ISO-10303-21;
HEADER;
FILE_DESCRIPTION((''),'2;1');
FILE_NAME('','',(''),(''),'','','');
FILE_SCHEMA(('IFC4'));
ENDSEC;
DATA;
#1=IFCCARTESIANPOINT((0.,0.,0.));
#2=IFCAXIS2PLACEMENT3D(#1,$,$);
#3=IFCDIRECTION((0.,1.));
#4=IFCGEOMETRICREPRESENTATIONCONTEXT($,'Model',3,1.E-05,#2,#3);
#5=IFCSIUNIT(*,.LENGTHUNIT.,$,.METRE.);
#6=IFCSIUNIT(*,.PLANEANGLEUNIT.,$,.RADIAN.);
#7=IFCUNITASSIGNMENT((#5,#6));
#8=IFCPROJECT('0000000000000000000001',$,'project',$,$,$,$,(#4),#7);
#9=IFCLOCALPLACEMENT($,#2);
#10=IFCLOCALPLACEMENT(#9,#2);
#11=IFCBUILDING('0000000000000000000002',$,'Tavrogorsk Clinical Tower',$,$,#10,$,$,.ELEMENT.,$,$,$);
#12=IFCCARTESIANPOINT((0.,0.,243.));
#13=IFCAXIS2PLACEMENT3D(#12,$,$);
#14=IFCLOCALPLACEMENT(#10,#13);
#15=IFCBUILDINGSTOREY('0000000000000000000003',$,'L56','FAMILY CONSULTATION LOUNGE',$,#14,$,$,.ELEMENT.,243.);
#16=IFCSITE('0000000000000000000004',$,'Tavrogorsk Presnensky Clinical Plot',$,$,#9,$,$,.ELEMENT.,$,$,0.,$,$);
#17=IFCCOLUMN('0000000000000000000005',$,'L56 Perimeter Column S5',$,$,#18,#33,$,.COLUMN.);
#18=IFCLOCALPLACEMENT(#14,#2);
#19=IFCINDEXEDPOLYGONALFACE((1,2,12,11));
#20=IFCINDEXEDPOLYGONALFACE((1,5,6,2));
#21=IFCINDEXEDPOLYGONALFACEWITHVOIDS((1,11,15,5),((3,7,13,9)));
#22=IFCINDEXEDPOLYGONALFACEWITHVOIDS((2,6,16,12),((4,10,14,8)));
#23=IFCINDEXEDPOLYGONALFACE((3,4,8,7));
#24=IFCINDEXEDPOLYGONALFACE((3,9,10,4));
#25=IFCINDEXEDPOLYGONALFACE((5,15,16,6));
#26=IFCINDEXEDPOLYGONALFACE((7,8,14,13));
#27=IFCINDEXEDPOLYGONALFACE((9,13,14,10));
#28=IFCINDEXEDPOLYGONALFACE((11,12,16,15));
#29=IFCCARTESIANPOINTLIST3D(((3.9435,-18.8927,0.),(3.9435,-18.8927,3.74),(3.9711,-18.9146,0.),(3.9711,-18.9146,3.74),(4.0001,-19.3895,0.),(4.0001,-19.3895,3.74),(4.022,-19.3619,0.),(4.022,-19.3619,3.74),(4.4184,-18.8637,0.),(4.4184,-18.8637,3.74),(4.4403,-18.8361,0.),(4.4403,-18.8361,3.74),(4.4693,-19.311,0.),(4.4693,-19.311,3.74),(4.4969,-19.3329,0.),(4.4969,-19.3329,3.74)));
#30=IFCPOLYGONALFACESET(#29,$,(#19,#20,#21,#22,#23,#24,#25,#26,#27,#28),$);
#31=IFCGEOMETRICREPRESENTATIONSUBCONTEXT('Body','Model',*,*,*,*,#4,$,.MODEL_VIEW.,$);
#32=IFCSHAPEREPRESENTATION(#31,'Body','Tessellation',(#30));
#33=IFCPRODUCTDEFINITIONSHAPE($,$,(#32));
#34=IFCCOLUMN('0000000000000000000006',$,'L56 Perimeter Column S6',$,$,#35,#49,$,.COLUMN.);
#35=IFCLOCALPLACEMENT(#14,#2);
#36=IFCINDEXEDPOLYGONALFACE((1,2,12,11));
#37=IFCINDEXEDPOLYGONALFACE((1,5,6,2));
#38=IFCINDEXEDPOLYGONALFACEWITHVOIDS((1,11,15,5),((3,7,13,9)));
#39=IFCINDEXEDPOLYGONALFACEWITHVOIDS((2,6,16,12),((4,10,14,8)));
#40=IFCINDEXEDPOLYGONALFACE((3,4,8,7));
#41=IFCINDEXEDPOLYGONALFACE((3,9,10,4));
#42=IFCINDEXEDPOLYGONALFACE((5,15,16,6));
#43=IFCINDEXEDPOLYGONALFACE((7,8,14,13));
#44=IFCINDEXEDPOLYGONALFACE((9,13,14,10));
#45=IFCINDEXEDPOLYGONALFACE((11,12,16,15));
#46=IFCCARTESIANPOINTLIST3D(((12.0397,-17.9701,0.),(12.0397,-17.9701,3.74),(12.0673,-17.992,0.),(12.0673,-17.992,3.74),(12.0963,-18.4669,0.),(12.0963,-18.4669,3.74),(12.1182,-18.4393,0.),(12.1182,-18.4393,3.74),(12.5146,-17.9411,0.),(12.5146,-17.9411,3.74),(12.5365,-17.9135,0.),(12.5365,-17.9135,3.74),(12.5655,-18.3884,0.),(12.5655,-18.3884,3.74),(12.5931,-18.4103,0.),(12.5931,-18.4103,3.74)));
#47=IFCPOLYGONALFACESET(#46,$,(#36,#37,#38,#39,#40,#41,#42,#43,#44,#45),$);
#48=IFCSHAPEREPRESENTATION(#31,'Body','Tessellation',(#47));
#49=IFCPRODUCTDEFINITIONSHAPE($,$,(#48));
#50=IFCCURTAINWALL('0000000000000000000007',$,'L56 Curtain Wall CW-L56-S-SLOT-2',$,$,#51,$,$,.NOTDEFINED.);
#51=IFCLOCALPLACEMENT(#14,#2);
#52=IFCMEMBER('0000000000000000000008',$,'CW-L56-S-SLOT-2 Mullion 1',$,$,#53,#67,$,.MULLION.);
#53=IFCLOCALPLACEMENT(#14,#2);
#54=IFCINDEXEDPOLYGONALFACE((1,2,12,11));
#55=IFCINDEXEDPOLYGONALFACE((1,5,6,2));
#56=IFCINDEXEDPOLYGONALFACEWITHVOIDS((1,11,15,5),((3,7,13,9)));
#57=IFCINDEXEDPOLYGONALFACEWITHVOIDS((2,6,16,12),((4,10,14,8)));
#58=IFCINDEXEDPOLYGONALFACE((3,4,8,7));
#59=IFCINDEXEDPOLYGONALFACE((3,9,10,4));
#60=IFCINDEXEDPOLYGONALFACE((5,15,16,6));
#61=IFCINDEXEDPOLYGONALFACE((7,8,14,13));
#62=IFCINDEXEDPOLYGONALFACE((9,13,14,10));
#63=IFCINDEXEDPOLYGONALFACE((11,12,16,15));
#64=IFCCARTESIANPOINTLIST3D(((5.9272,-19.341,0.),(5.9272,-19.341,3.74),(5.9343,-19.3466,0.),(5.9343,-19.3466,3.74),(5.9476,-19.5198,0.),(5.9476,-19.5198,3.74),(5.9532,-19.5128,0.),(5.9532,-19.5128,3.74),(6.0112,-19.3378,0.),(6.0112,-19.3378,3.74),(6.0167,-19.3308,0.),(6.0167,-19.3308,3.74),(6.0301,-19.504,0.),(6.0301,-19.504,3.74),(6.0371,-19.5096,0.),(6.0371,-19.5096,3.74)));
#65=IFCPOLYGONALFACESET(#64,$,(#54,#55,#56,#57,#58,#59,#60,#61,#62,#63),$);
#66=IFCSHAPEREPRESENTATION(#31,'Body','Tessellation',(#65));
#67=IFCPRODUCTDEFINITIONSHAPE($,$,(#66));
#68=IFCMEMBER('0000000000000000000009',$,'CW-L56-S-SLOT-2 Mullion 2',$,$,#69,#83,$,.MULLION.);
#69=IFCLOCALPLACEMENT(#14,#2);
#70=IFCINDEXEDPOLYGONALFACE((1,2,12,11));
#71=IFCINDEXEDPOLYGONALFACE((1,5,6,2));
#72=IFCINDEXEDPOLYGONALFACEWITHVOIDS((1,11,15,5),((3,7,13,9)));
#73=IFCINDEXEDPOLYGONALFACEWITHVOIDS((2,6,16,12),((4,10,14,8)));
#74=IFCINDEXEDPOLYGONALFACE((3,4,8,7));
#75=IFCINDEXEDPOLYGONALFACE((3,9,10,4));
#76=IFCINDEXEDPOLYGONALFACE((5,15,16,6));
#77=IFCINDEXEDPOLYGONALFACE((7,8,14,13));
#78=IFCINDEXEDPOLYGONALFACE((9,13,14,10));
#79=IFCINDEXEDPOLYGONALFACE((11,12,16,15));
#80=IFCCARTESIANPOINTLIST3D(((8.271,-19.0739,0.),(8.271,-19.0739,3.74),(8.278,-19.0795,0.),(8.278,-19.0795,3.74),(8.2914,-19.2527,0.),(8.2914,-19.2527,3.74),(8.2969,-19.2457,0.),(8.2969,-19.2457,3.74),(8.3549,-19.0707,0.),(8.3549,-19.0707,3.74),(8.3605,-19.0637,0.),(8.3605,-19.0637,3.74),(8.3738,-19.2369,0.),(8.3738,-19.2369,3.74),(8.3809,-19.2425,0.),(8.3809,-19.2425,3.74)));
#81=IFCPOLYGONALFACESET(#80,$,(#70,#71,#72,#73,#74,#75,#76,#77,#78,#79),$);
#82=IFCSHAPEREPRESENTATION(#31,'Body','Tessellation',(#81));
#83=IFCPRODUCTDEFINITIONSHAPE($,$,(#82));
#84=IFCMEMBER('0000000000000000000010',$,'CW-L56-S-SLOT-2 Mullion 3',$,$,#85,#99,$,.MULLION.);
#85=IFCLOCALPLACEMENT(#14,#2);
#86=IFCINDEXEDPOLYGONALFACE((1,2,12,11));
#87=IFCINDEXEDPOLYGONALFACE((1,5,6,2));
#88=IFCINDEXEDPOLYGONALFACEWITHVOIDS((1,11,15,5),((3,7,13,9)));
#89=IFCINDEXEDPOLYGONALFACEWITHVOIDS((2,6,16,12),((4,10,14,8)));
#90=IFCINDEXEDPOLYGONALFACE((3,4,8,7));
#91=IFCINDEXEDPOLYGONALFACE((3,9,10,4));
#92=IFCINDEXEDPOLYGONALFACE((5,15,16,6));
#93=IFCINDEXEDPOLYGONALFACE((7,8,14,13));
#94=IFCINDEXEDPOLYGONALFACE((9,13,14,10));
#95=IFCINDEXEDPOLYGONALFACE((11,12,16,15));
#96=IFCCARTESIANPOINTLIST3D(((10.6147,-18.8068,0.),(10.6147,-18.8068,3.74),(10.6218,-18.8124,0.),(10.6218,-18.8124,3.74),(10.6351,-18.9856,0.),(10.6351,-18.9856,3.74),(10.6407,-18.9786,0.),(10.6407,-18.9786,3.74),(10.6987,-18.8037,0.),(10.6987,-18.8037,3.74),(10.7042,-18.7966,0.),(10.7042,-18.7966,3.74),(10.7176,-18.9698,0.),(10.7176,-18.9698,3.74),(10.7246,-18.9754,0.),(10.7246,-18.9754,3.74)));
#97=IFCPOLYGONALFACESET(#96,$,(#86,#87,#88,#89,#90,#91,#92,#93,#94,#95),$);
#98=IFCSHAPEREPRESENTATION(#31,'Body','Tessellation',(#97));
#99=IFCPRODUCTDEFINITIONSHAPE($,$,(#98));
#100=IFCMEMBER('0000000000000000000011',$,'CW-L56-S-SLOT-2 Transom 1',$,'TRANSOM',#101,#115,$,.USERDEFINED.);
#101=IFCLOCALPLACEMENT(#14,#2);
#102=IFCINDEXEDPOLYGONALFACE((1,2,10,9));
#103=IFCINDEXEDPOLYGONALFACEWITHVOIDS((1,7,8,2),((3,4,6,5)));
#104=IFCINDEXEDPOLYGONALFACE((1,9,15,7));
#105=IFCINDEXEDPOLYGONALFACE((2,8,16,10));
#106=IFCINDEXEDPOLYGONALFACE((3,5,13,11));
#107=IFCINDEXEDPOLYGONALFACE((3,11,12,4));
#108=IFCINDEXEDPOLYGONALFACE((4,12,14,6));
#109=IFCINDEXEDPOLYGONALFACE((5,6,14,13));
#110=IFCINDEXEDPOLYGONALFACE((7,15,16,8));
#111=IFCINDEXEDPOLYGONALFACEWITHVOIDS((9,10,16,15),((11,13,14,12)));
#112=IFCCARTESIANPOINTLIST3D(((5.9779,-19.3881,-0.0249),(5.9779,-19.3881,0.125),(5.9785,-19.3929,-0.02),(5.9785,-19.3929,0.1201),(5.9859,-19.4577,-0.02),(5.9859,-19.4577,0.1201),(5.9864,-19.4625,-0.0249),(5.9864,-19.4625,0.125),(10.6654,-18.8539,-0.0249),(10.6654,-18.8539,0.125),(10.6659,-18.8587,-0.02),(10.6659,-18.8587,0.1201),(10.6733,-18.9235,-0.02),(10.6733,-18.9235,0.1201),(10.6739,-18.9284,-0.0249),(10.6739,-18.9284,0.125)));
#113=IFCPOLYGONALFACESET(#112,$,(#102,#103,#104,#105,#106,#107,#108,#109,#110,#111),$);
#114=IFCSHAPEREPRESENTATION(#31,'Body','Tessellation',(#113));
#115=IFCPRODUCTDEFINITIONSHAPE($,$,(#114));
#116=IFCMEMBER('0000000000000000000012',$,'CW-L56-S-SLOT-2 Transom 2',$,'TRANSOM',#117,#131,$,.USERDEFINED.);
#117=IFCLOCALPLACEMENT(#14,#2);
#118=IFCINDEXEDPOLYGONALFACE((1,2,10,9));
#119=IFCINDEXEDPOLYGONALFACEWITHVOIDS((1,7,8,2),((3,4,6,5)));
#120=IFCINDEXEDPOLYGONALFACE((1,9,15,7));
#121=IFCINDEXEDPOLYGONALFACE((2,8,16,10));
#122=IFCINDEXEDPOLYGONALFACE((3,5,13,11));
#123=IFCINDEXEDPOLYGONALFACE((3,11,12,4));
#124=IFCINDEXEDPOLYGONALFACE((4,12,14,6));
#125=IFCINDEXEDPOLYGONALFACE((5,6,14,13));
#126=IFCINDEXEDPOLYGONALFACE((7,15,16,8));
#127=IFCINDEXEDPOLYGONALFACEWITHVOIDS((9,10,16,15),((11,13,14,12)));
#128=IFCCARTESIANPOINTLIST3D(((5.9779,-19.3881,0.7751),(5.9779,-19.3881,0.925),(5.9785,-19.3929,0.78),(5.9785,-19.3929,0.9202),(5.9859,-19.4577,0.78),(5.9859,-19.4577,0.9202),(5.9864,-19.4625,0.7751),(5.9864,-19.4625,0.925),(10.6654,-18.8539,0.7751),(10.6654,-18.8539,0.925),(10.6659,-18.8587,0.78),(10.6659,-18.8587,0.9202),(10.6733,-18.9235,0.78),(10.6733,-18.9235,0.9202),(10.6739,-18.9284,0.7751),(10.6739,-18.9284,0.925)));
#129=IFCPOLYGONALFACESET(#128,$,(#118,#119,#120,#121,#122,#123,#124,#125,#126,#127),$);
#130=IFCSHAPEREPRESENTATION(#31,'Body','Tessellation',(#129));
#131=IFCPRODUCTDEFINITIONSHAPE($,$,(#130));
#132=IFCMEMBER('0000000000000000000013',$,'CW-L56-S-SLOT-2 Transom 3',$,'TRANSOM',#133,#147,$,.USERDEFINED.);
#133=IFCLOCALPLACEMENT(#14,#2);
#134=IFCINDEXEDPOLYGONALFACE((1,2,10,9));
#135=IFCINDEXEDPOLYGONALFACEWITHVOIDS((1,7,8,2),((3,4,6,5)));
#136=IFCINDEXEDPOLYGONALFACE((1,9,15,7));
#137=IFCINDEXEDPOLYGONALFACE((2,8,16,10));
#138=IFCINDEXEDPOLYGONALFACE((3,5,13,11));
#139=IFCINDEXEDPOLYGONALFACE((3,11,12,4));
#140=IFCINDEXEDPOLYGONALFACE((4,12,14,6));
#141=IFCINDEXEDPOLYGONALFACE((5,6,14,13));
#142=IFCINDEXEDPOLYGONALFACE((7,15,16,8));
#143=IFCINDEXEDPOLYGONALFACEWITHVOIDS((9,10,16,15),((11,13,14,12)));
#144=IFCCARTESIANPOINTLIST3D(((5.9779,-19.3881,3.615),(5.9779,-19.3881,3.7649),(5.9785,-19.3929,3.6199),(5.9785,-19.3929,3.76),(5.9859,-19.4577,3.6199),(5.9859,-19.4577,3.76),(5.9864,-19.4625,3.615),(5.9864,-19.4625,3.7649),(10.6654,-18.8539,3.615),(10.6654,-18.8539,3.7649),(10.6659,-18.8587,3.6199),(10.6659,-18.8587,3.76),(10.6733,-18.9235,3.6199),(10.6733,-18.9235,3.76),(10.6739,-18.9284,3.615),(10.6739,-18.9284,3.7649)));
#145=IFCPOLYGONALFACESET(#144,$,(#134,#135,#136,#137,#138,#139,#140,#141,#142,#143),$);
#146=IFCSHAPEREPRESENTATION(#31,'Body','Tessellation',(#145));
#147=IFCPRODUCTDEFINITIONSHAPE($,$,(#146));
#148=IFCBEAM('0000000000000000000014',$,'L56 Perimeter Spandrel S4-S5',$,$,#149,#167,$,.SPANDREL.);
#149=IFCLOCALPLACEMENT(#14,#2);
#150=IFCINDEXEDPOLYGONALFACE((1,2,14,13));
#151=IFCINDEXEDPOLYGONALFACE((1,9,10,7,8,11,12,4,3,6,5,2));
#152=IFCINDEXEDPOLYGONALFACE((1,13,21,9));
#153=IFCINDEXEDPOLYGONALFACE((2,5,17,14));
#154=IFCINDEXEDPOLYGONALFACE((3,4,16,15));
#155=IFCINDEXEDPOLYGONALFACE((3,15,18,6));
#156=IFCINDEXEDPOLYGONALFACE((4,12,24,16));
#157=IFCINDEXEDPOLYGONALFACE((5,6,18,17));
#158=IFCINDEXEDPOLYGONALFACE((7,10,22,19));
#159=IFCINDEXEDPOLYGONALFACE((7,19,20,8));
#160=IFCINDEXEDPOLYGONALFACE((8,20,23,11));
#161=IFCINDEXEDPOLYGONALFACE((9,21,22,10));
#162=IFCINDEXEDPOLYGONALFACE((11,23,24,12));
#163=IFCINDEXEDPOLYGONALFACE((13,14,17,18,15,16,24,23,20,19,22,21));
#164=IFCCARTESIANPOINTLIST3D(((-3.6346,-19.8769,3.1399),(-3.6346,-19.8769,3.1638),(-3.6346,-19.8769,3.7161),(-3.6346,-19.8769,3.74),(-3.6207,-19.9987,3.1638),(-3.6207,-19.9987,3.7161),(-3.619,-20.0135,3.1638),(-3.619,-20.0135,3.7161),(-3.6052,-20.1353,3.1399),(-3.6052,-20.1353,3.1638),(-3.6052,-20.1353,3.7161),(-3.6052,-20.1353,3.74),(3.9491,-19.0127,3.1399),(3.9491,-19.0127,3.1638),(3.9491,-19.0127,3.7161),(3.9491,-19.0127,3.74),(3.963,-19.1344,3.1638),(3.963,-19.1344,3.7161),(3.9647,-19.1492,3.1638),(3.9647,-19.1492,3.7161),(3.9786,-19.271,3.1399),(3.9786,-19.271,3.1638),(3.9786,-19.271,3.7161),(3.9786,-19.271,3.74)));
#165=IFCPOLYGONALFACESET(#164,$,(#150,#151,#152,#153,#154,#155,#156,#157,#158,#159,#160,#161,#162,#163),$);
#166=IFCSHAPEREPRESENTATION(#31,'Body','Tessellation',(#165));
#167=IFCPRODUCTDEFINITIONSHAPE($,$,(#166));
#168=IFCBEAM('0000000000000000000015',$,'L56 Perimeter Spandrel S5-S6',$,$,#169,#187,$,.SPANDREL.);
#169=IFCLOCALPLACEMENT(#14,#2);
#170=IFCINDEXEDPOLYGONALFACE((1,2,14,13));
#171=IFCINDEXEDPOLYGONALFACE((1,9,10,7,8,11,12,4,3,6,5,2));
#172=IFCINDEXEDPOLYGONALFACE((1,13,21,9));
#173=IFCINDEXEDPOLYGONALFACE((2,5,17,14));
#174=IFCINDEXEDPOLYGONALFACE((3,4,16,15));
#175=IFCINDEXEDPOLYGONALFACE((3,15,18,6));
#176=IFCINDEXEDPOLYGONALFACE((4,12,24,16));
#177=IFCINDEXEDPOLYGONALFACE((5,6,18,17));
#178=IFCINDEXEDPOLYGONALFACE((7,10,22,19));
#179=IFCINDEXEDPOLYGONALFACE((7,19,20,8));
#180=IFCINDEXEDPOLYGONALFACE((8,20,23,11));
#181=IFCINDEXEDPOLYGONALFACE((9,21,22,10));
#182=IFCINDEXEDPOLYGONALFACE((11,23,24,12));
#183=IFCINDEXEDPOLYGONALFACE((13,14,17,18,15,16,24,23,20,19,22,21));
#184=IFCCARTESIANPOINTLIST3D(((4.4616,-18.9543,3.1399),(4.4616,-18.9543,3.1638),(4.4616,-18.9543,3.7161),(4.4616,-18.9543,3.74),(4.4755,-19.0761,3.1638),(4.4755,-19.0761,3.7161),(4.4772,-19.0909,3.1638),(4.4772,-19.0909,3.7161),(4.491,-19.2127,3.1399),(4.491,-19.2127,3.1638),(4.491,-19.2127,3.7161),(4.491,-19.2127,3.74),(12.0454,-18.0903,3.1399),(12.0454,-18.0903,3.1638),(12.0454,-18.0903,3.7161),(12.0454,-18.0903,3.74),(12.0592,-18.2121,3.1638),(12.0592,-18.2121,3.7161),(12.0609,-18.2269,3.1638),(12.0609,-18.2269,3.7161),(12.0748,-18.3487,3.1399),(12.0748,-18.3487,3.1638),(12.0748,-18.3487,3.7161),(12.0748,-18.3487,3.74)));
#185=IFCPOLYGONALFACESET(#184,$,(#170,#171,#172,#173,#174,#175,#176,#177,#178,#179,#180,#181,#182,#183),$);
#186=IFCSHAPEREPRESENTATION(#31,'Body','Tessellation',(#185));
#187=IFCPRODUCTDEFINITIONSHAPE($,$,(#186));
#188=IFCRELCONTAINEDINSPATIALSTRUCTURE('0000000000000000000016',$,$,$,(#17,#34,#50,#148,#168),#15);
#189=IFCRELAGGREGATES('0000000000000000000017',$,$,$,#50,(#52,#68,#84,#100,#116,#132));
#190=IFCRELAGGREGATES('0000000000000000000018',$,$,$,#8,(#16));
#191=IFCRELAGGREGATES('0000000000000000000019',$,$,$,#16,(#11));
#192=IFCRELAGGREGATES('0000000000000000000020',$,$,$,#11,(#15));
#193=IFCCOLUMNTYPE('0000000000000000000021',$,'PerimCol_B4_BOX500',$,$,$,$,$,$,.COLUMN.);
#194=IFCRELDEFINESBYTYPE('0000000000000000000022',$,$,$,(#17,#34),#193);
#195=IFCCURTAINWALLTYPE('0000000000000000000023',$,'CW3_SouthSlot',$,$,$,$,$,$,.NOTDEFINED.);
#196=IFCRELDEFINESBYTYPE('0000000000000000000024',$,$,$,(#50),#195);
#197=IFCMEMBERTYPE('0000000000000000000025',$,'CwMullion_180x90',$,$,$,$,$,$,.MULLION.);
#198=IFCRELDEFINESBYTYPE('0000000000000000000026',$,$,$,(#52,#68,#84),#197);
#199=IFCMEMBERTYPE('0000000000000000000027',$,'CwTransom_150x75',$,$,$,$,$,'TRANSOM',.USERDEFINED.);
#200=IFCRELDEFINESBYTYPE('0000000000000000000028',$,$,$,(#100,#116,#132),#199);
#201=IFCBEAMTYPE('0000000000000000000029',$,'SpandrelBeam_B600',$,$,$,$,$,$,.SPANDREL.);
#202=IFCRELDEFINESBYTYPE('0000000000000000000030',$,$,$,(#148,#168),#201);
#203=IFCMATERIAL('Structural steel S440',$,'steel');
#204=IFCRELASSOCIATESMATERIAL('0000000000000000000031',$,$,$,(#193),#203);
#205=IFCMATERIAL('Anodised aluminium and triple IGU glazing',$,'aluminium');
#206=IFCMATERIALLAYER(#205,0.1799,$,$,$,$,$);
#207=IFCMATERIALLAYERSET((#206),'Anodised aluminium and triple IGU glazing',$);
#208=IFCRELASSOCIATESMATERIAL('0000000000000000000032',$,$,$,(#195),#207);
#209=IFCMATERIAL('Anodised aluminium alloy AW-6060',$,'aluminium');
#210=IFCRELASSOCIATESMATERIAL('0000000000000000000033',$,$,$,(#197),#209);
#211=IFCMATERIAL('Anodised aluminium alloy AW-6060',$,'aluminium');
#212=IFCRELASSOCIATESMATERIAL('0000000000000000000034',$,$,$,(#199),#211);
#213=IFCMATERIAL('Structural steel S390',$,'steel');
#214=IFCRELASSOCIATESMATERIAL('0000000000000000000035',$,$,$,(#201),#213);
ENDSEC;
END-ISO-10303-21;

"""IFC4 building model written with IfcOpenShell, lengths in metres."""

from ifc_helpers import new_model, si_unit, direction, frame, origin, origin_2d, place, context, subcontext, project, spatial, hollow_rectangle, i_section, extrude, material, layer, layer_set, material_profile, profile_set, type_object, element, aggregate, save


model = new_model("IFC4")

# Units and contexts
model_context = context("Model", 3, precision=1e-05, world=origin(), true_north=direction((0.0, 1.0)))
body_context = subcontext(model_context, "Body", "Model", "MODEL_VIEW")
ifc_project = project(units=[si_unit("LENGTHUNIT", "METRE"), si_unit("PLANEANGLEUNIT", "RADIAN")], contexts=[model_context])

# Site, building, storey
site_placement = place(None, origin())
site = spatial("IfcSite", under=ifc_project, at=site_placement, Name="Tavrogorsk Presnensky Clinical Plot", CompositionType="ELEMENT", RefElevation=0.0)
building_placement = place(site_placement, origin())
building = spatial("IfcBuilding", under=site, at=building_placement, Name="Tavrogorsk Clinical Tower", CompositionType="ELEMENT")
storey_placement = place(building_placement, frame((0.0, 0.0, 243.0)))
storey = spatial("IfcBuildingStorey", under=building, at=storey_placement, Name="L56", Description="FAMILY CONSULTATION LOUNGE", CompositionType="ELEMENT", Elevation=243.0)

# Columns
ifc_material_1 = material(Name="Structural steel S440", Category="steel")
ifc_material_profile_1 = material_profile(ifc_material_1, hollow_rectangle(XDim=0.5, YDim=0.5, WallThickness=0.0249, at=origin_2d()), Name="BOX-500x500x25")
ifc_profile_set_1 = profile_set([ifc_material_profile_1], Name="Structural steel S440")
column_type = type_object("IfcColumnType", Name="PerimCol_B4_BOX500", PredefinedType="COLUMN", material=ifc_profile_set_1)
for number, where, z_axis, x_axis, name in (
    (1, (4.2202, -19.1128, 0.0), (0.0, 0.0, 1.0), (0.993572, 0.113203, 0.0), "L56 Perimeter Column S5"),
    (2, (12.3164, -18.1902, 0.0), (0.0, 0.0, 1.0), (0.993572, 0.113203, 0.0), "L56 Perimeter Column S6"),
):
    element("IfcColumn", number, at=place(storey_placement, frame(where, z_axis=z_axis, x_axis=x_axis)), inside=storey, type_object=column_type, Name=name, PredefinedType="COLUMN", context=body_context, shape_type="SweptSolid", body=[
        extrude(hollow_rectangle(XDim=0.5, YDim=0.5, WallThickness=0.0249, at=origin_2d()), origin(), (0.0, 0.0, 1.0), 3.74),
    ])

# Curtain wall, members
ifc_material_2 = material(Name="Anodised aluminium and triple IGU glazing", Category="aluminium")
ifc_layer_1 = layer(ifc_material_2, 0.1799)
ifc_layer_set_1 = layer_set([ifc_layer_1], Name="Anodised aluminium and triple IGU glazing")
curtain_wall_type = type_object("IfcCurtainWallType", Name="CW3_SouthSlot", PredefinedType="NOTDEFINED", material=ifc_layer_set_1)
curtain_wall_placement = place(storey_placement, origin())
curtain_wall = element("IfcCurtainWall", 3, at=curtain_wall_placement, inside=storey, type_object=curtain_wall_type, Name="L56 Curtain Wall CW-L56-S-SLOT-2", PredefinedType="NOTDEFINED")
ifc_material_3 = material(Name="Anodised aluminium alloy AW-6060", Category="aluminium")
ifc_material_profile_2 = material_profile(ifc_material_3, hollow_rectangle(XDim=0.0901, YDim=0.1799, WallThickness=0.0063, at=origin_2d()), Name="RHS-180x90x6.3")
ifc_profile_set_2 = profile_set([ifc_material_profile_2], Name="Anodised aluminium alloy AW-6060")
member_type_1 = type_object("IfcMemberType", Name="CwMullion_180x90", PredefinedType="MULLION", material=ifc_profile_set_2)
member_1_placement = place(storey_placement, frame((5.9822, -19.4253, 0.0), z_axis=(0.0, 0.0, 1.0), x_axis=(0.993572, 0.113203, 0.0)))
member_1 = element("IfcMember", 4, at=member_1_placement, type_object=member_type_1, Name="CW-L56-S-SLOT-2 Mullion 1", PredefinedType="MULLION", context=body_context, shape_type="SweptSolid", body=[
    extrude(hollow_rectangle(XDim=0.0901, YDim=0.1799, WallThickness=0.0063, at=origin_2d()), origin(), (0.0, 0.0, 1.0), 3.74),
])
member_2_placement = place(storey_placement, frame((8.3259, -19.1582, 0.0), z_axis=(0.0, 0.0, 1.0), x_axis=(0.993572, 0.113203, 0.0)))
member_2 = element("IfcMember", 5, at=member_2_placement, type_object=member_type_1, Name="CW-L56-S-SLOT-2 Mullion 2", PredefinedType="MULLION", context=body_context, shape_type="SweptSolid", body=[
    extrude(hollow_rectangle(XDim=0.0901, YDim=0.1799, WallThickness=0.0063, at=origin_2d()), origin(), (0.0, 0.0, 1.0), 3.74),
])
member_3_placement = place(storey_placement, frame((10.6697, -18.8911, 0.0), z_axis=(0.0, 0.0, 1.0), x_axis=(0.993572, 0.113203, 0.0)))
member_3 = element("IfcMember", 6, at=member_3_placement, type_object=member_type_1, Name="CW-L56-S-SLOT-2 Mullion 3", PredefinedType="MULLION", context=body_context, shape_type="SweptSolid", body=[
    extrude(hollow_rectangle(XDim=0.0901, YDim=0.1799, WallThickness=0.0063, at=origin_2d()), origin(), (0.0, 0.0, 1.0), 3.74),
])
ifc_material_4 = material(Name="Anodised aluminium alloy AW-6060", Category="aluminium")
ifc_material_profile_3 = material_profile(ifc_material_4, hollow_rectangle(XDim=0.075, YDim=0.1499, WallThickness=0.0049, at=origin_2d()), Name="RHS-150x75x5")
ifc_profile_set_3 = profile_set([ifc_material_profile_3], Name="Anodised aluminium alloy AW-6060")
member_type_2 = type_object("IfcMemberType", Name="CwTransom_150x75", ElementType="TRANSOM", PredefinedType="USERDEFINED", material=ifc_profile_set_3)
member_4_placement = place(storey_placement, frame((5.9822, -19.4253, 0.05), z_axis=(0.993569, 0.113226, 0.0), x_axis=(-0.113226, 0.993569, 0.0)))
member_4 = element("IfcMember", 7, at=member_4_placement, type_object=member_type_2, Name="CW-L56-S-SLOT-2 Transom 1", ObjectType="TRANSOM", PredefinedType="USERDEFINED", context=body_context, shape_type="SweptSolid", body=[
    extrude(hollow_rectangle(XDim=0.075, YDim=0.1499, WallThickness=0.0049, at=origin_2d()), origin(), (0.0, 0.0, 1.0), 4.7178),
])
member_5_placement = place(storey_placement, frame((5.9822, -19.4253, 0.8501), z_axis=(0.993569, 0.113226, 0.0), x_axis=(-0.113226, 0.993569, 0.0)))
member_5 = element("IfcMember", 8, at=member_5_placement, type_object=member_type_2, Name="CW-L56-S-SLOT-2 Transom 2", ObjectType="TRANSOM", PredefinedType="USERDEFINED", context=body_context, shape_type="SweptSolid", body=[
    extrude(hollow_rectangle(XDim=0.075, YDim=0.1499, WallThickness=0.0049, at=origin_2d()), origin(), (0.0, 0.0, 1.0), 4.7178),
])
member_6_placement = place(storey_placement, frame((5.9822, -19.4253, 3.6899), z_axis=(0.993569, 0.113226, 0.0), x_axis=(-0.113226, 0.993569, 0.0)))
member_6 = element("IfcMember", 9, at=member_6_placement, type_object=member_type_2, Name="CW-L56-S-SLOT-2 Transom 3", ObjectType="TRANSOM", PredefinedType="USERDEFINED", context=body_context, shape_type="SweptSolid", body=[
    extrude(hollow_rectangle(XDim=0.075, YDim=0.1499, WallThickness=0.0049, at=origin_2d()), origin(), (0.0, 0.0, 1.0), 4.7178),
])

# Beams
ifc_material_5 = material(Name="Structural steel S390", Category="steel")
ifc_material_profile_4 = material_profile(ifc_material_5, i_section(OverallWidth=0.26, OverallDepth=0.6001, WebThickness=0.0149, FlangeThickness=0.0239, at=origin_2d()), Name="B-600x260x15x24")
ifc_profile_set_4 = profile_set([ifc_material_profile_4], Name="Structural steel S390")
beam_type = type_object("IfcBeamType", Name="SpandrelBeam_B600", PredefinedType="SPANDREL", material=ifc_profile_set_4)
for number, where, z_axis, x_axis, name in (
    (10, (-3.6199, -20.0061, 3.4399), (0.993569, 0.113229, 0.0), (-0.113229, 0.993569, 0.0), "L56 Perimeter Spandrel S4-S5"),
    (11, (4.4763, -19.0835, 3.4399), (0.993573, 0.113197, 0.0), (-0.113197, 0.993573, 0.0), "L56 Perimeter Spandrel S5-S6"),
):
    element("IfcBeam", number, at=place(storey_placement, frame(where, z_axis=z_axis, x_axis=x_axis)), inside=storey, type_object=beam_type, Name=name, PredefinedType="SPANDREL", context=body_context, shape_type="SweptSolid", body=[
        extrude(i_section(OverallWidth=0.26, OverallDepth=0.6001, WebThickness=0.0149, FlangeThickness=0.0239, at=origin_2d()), origin(), (0.0, 0.0, 1.0), 7.6328),
    ])

aggregate(curtain_wall, [member_1, member_2, member_3, member_4, member_5, member_6])

save(model, "model.ifc")
